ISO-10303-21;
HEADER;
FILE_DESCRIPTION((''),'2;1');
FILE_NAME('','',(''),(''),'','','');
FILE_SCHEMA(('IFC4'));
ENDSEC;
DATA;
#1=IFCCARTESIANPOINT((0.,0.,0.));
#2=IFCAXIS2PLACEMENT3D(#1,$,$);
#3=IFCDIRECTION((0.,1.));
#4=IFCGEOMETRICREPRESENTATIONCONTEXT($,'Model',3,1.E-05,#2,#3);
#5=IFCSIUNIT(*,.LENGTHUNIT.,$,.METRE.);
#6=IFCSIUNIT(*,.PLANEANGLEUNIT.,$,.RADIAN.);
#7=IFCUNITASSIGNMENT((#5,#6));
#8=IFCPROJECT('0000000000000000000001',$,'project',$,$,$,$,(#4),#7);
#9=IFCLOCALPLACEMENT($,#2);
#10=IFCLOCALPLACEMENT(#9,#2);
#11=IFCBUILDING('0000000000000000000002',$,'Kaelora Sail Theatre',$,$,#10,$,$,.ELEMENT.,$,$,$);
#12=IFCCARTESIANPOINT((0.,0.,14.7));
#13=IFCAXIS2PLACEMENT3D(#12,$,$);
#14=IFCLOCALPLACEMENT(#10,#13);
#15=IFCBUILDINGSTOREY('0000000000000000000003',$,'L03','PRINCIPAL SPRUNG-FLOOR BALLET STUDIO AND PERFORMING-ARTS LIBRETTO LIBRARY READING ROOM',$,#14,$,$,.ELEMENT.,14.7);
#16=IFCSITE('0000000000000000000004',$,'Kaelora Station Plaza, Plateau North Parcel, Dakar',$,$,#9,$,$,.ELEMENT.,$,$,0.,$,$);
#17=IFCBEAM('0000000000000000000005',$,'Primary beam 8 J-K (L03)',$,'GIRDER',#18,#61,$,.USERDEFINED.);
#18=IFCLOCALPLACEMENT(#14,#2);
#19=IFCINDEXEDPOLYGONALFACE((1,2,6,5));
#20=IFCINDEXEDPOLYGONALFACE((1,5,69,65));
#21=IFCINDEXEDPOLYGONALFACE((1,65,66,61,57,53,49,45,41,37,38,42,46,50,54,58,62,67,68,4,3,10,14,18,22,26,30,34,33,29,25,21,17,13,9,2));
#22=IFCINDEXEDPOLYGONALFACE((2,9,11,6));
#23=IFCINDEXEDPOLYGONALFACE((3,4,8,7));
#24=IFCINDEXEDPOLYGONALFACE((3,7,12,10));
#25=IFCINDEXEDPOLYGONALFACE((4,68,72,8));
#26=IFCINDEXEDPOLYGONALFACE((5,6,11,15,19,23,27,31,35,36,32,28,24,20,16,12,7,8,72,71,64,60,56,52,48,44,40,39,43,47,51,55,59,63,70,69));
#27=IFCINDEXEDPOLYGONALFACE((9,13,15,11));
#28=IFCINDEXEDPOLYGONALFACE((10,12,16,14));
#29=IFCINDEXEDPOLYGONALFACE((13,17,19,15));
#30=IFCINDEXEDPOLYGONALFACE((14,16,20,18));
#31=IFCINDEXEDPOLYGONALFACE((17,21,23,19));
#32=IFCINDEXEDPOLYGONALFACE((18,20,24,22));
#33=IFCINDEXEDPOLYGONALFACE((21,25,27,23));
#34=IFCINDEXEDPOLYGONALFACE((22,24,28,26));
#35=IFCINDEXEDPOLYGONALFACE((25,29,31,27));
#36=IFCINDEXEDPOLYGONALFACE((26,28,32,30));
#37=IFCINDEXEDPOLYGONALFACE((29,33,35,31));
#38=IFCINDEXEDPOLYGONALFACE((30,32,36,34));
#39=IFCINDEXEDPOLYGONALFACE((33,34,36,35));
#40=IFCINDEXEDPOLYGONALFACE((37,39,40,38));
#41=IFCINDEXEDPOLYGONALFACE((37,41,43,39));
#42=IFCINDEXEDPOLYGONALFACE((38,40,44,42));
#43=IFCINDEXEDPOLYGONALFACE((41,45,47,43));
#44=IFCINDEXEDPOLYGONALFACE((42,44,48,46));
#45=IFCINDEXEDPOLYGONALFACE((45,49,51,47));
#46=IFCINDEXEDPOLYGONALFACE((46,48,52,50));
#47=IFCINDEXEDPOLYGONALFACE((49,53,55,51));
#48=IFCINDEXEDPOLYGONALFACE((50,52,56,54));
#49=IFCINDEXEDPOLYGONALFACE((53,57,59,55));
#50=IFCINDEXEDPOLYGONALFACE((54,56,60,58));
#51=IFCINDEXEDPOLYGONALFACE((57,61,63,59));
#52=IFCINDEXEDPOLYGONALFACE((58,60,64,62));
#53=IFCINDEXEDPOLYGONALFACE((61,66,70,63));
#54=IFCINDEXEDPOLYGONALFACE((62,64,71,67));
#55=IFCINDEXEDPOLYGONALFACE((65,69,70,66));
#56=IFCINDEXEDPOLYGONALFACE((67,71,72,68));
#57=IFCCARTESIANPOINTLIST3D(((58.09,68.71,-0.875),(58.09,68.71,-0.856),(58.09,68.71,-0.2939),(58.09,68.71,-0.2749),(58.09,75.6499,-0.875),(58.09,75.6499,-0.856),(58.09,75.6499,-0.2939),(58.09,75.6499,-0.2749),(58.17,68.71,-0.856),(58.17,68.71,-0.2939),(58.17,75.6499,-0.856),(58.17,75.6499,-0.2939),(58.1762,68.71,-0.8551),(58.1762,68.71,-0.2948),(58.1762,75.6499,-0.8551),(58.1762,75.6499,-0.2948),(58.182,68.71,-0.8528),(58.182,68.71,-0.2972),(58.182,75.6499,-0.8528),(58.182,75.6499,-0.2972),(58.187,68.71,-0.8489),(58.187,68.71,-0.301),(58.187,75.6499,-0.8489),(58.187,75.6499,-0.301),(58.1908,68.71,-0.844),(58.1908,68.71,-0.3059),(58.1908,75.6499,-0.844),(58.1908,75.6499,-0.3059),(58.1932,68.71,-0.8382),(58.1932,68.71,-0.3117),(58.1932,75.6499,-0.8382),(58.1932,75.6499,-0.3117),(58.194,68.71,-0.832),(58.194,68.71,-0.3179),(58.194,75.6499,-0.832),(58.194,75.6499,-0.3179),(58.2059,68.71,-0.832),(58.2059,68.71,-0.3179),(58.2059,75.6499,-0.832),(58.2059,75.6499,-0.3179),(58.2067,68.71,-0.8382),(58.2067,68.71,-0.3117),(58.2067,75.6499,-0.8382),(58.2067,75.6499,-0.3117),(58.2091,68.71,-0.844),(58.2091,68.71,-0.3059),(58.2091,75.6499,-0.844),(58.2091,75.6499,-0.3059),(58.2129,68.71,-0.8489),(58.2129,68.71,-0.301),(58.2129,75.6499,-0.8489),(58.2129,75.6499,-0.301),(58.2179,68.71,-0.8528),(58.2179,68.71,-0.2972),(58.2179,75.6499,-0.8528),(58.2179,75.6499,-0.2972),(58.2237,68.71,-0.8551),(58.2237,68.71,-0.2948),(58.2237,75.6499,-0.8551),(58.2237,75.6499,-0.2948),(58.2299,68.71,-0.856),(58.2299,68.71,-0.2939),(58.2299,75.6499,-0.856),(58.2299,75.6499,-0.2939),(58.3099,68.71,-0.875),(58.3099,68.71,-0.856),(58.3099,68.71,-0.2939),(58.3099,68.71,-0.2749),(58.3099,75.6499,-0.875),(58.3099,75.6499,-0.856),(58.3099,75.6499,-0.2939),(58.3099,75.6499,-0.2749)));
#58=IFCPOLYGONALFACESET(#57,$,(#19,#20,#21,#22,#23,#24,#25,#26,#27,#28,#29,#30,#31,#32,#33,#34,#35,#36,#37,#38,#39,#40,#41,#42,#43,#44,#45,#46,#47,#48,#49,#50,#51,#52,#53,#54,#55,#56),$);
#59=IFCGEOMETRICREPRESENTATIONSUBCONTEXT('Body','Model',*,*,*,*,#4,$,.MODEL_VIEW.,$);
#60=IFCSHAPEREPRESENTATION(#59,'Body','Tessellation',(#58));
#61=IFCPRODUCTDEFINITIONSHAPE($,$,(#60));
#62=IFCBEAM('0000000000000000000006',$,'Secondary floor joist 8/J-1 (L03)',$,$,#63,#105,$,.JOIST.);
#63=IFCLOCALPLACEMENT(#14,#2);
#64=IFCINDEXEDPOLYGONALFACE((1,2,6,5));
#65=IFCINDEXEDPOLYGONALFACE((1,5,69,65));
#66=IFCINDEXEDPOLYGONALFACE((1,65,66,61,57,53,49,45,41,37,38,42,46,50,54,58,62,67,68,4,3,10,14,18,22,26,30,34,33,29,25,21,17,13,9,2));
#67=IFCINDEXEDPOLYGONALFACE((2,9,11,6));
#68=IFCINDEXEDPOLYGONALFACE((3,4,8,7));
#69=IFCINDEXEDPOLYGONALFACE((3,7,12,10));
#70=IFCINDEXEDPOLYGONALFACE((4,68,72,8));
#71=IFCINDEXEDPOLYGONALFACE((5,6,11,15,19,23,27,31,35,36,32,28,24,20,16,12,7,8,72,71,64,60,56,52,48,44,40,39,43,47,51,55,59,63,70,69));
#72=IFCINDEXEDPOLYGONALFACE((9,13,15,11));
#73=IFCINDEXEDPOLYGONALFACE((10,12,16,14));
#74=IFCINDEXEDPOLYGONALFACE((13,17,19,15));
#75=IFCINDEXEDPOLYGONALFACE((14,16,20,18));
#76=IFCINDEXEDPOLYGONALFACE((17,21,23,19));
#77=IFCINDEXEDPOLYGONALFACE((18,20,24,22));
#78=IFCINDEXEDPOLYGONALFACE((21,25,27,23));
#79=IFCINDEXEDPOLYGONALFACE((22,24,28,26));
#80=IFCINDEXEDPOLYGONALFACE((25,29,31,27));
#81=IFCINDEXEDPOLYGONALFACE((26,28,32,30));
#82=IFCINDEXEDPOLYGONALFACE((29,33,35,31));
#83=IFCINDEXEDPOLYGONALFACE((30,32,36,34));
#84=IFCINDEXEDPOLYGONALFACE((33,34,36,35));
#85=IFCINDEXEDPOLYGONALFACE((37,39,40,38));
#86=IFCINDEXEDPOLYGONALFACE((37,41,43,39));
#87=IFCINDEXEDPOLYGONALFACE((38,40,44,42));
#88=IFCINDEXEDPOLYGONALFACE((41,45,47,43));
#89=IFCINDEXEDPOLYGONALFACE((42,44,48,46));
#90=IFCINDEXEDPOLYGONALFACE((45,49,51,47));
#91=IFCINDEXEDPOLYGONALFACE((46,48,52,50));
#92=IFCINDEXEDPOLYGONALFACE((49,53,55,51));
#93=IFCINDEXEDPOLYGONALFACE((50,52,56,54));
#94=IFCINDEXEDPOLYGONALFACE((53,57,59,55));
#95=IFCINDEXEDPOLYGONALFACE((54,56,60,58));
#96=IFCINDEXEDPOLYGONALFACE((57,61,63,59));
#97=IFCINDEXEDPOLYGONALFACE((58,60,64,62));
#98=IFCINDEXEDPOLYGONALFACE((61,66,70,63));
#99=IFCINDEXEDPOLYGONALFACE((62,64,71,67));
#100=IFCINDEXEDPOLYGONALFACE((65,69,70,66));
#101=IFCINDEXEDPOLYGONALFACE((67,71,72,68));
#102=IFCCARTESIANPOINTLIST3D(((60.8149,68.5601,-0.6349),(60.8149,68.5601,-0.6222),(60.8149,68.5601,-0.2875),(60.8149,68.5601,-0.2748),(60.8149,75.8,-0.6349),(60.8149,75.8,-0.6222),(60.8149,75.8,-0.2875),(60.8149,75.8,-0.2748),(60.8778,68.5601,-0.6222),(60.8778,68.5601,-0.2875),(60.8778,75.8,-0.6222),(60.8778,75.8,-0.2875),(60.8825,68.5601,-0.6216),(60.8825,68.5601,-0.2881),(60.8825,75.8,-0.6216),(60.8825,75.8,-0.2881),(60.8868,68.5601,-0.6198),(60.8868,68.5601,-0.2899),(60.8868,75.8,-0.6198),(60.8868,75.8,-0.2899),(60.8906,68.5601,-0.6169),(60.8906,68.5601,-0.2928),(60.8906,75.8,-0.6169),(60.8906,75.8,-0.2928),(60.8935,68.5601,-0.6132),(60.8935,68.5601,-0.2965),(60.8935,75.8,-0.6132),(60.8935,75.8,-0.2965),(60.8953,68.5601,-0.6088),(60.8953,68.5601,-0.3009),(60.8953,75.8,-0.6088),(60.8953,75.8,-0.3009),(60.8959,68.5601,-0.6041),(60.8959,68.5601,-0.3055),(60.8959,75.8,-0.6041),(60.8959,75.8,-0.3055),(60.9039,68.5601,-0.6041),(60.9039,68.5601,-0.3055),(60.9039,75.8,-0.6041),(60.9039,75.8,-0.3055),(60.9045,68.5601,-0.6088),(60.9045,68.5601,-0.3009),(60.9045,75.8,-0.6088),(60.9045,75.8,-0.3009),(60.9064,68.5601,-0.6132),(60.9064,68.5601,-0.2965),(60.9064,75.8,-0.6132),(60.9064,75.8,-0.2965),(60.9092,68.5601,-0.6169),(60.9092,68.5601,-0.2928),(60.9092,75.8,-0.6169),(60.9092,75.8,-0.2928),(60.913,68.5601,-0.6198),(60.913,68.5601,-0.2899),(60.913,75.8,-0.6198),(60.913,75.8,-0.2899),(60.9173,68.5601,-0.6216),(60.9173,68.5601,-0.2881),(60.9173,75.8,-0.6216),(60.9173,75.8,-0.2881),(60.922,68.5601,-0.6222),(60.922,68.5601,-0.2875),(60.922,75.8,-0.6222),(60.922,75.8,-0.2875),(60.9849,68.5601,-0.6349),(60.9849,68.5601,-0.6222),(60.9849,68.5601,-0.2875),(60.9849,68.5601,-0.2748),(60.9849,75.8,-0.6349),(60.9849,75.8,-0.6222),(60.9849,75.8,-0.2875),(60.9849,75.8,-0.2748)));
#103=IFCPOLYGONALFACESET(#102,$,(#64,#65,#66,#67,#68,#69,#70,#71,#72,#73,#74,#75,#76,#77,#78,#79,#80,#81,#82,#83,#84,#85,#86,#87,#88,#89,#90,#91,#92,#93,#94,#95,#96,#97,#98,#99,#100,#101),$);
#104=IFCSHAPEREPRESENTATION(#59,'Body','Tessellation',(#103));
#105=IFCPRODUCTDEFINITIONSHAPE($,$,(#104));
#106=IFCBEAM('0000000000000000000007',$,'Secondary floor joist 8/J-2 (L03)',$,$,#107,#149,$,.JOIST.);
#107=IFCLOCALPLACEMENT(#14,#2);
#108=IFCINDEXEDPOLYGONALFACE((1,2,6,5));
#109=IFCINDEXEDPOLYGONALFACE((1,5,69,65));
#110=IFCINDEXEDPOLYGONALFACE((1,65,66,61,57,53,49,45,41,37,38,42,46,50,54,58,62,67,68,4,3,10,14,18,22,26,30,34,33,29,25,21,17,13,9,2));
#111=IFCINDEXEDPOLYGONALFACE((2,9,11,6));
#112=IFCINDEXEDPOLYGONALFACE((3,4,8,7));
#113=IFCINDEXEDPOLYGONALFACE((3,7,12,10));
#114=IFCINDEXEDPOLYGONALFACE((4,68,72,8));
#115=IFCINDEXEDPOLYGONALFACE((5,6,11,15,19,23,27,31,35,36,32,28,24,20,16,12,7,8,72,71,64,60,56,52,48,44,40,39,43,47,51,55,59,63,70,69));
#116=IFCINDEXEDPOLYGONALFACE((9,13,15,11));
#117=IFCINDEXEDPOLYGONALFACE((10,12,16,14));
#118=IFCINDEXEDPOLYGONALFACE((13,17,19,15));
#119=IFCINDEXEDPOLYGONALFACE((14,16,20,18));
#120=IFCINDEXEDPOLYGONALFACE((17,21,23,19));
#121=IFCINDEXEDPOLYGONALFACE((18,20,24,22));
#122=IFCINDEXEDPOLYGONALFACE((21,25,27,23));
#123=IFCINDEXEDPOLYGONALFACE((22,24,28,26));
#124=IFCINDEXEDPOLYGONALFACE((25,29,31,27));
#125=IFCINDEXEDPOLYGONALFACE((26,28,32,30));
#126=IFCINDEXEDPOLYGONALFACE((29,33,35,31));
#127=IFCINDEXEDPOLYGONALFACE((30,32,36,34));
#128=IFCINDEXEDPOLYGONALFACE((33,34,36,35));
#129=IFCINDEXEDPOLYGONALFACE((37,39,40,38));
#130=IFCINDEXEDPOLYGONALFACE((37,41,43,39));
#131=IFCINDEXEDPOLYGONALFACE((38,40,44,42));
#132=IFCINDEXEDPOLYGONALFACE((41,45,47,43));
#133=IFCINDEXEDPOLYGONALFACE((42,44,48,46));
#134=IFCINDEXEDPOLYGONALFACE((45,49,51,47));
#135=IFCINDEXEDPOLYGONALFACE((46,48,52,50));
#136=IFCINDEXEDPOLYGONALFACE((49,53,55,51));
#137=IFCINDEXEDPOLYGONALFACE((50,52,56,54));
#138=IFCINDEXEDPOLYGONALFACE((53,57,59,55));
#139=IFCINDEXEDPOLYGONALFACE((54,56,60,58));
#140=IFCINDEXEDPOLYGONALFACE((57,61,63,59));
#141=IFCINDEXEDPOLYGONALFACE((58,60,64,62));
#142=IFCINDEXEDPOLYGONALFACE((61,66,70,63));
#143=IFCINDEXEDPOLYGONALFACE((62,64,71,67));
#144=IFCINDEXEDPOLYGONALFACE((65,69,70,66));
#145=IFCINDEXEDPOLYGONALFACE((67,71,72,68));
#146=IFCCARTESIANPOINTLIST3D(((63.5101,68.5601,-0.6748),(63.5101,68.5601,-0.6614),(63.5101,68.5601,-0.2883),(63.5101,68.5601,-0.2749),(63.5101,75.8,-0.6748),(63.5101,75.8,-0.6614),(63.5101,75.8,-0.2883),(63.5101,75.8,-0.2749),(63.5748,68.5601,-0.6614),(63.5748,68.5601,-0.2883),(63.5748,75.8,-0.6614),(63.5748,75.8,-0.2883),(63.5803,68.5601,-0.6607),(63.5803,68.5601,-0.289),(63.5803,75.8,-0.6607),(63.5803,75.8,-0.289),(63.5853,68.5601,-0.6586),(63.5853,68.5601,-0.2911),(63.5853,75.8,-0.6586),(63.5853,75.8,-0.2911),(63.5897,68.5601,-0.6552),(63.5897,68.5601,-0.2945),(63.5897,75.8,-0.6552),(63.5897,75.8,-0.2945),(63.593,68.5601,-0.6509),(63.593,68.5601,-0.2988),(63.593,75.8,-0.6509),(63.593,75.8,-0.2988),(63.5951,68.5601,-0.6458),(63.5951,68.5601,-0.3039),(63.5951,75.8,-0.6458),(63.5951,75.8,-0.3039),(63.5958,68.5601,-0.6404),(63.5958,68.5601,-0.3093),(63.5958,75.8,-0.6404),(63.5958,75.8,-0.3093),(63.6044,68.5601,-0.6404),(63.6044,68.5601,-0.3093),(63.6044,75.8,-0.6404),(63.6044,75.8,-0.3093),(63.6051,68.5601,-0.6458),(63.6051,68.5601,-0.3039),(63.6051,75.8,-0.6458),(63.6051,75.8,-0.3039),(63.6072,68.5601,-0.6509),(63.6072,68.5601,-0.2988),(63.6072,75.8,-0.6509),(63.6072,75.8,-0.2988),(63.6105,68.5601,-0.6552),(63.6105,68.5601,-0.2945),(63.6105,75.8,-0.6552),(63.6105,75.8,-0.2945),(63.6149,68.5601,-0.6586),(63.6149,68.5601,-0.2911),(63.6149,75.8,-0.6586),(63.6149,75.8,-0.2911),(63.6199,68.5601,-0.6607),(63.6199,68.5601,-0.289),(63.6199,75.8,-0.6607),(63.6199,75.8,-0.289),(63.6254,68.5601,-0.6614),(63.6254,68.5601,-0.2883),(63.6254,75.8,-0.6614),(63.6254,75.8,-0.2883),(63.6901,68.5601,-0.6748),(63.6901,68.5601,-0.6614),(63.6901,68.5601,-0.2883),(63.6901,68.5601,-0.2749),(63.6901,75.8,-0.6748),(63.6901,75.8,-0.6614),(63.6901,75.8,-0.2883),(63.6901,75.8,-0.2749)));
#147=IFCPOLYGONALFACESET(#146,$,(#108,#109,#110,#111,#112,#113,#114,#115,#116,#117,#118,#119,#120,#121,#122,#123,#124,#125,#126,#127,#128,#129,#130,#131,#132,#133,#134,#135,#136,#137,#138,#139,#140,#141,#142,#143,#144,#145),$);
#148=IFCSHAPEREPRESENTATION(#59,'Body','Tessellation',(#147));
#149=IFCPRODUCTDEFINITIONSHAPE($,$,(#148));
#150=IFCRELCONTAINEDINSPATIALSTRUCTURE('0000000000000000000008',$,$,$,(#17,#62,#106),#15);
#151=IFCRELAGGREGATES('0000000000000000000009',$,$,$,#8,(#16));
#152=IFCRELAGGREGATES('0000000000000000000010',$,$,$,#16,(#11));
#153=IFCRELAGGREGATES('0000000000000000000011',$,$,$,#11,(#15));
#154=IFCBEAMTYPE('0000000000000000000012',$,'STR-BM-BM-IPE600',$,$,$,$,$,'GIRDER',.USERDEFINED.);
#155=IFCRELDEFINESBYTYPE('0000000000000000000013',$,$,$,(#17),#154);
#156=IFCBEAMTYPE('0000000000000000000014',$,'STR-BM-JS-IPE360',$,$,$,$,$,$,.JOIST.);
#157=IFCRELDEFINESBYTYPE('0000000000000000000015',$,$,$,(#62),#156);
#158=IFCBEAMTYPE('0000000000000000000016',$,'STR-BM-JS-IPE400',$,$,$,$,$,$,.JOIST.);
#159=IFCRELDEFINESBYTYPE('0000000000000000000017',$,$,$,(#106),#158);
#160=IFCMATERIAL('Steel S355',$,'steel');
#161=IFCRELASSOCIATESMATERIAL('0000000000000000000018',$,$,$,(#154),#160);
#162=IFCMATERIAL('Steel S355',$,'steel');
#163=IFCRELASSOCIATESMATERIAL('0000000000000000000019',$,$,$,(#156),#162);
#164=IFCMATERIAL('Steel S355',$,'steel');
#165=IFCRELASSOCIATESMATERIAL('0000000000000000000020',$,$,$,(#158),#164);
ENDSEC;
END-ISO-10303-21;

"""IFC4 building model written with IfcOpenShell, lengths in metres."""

from ifc_helpers import new_model, si_unit, direction, frame, origin, origin_2d, place, context, subcontext, project, spatial, i_section, extrude, material, material_profile, profile_set, type_object, element, save


model = new_model("IFC4")

# Units and contexts
model_context = context("Model", 3, precision=1e-05, world=origin(), true_north=direction((0.0, 1.0)))
body_context = subcontext(model_context, "Body", "Model", "MODEL_VIEW")
ifc_project = project(units=[si_unit("LENGTHUNIT", "METRE"), si_unit("PLANEANGLEUNIT", "RADIAN")], contexts=[model_context])

# Site, building, storey
site_placement = place(None, origin())
site = spatial("IfcSite", under=ifc_project, at=site_placement, Name="Kaelora Station Plaza, Plateau North Parcel, Dakar", CompositionType="ELEMENT", RefElevation=0.0)
building_placement = place(site_placement, origin())
building = spatial("IfcBuilding", under=site, at=building_placement, Name="Kaelora Sail Theatre", CompositionType="ELEMENT")
storey_placement = place(building_placement, frame((0.0, 0.0, 14.7)))
storey = spatial("IfcBuildingStorey", under=building, at=storey_placement, Name="L03", Description="PRINCIPAL SPRUNG-FLOOR BALLET STUDIO AND PERFORMING-ARTS LIBRETTO LIBRARY READING ROOM", CompositionType="ELEMENT", Elevation=14.7)

# Beams
ifc_material_1 = material(Name="Steel S355", Category="steel")
ifc_material_profile_1 = material_profile(ifc_material_1, i_section(OverallWidth=0.22, OverallDepth=0.6001, WebThickness=0.012, FlangeThickness=0.019, FilletRadius=0.0239, at=origin_2d()), Name="IPE 600")
ifc_profile_set_1 = profile_set([ifc_material_profile_1], Name="Steel S355")
beam_type_1 = type_object("IfcBeamType", Name="STR-BM-BM-IPE600", ElementType="GIRDER", PredefinedType="USERDEFINED", material=ifc_profile_set_1)
beam_1_placement = place(storey_placement, frame((58.2, 68.71, -0.575), z_axis=(0.0, 1.0, 0.0), x_axis=(-1.0, 0.0, 0.0)))
element("IfcBeam", 1, at=beam_1_placement, inside=storey, type_object=beam_type_1, Name="Primary beam 8 J-K (L03)", ObjectType="GIRDER", PredefinedType="USERDEFINED", context=body_context, shape_type="SweptSolid", body=[
    extrude(i_section(OverallWidth=0.22, OverallDepth=0.6001, WebThickness=0.012, FlangeThickness=0.019, FilletRadius=0.0239, at=origin_2d()), origin(), (0.0, 0.0, 1.0), 6.9399),
])
ifc_material_2 = material(Name="Steel S355", Category="steel")
ifc_material_profile_2 = material_profile(ifc_material_2, i_section(OverallWidth=0.1699, OverallDepth=0.3601, WebThickness=0.0081, FlangeThickness=0.0127, FilletRadius=0.0181, at=origin_2d()), Name="IPE 360")
ifc_profile_set_2 = profile_set([ifc_material_profile_2], Name="Steel S355")
beam_type_2 = type_object("IfcBeamType", Name="STR-BM-JS-IPE360", PredefinedType="JOIST", material=ifc_profile_set_2)
beam_2_placement = place(storey_placement, frame((60.8999, 68.5601, -0.4548), z_axis=(0.0, 1.0, 0.0), x_axis=(-1.0, 0.0, 0.0)))
element("IfcBeam", 2, at=beam_2_placement, inside=storey, type_object=beam_type_2, Name="Secondary floor joist 8/J-1 (L03)", PredefinedType="JOIST", context=body_context, shape_type="SweptSolid", body=[
    extrude(i_section(OverallWidth=0.1699, OverallDepth=0.3601, WebThickness=0.0081, FlangeThickness=0.0127, FilletRadius=0.0181, at=origin_2d()), origin(), (0.0, 0.0, 1.0), 7.24),
])
ifc_material_3 = material(Name="Steel S355", Category="steel")
ifc_material_profile_3 = material_profile(ifc_material_3, i_section(OverallWidth=0.1799, OverallDepth=0.3999, WebThickness=0.0085, FlangeThickness=0.0134, FilletRadius=0.021, at=origin_2d()), Name="IPE 400")
ifc_profile_set_3 = profile_set([ifc_material_profile_3], Name="Steel S355")
beam_type_3 = type_object("IfcBeamType", Name="STR-BM-JS-IPE400", PredefinedType="JOIST", material=ifc_profile_set_3)
beam_3_placement = place(storey_placement, frame((63.6001, 68.5601, -0.4749), z_axis=(0.0, 1.0, 0.0), x_axis=(-1.0, 0.0, 0.0)))
element("IfcBeam", 3, at=beam_3_placement, inside=storey, type_object=beam_type_3, Name="Secondary floor joist 8/J-2 (L03)", PredefinedType="JOIST", context=body_context, shape_type="SweptSolid", body=[
    extrude(i_section(OverallWidth=0.1799, OverallDepth=0.3999, WebThickness=0.0085, FlangeThickness=0.0134, FilletRadius=0.021, at=origin_2d()), origin(), (0.0, 0.0, 1.0), 7.24),
])

save(model, "model.ifc")
